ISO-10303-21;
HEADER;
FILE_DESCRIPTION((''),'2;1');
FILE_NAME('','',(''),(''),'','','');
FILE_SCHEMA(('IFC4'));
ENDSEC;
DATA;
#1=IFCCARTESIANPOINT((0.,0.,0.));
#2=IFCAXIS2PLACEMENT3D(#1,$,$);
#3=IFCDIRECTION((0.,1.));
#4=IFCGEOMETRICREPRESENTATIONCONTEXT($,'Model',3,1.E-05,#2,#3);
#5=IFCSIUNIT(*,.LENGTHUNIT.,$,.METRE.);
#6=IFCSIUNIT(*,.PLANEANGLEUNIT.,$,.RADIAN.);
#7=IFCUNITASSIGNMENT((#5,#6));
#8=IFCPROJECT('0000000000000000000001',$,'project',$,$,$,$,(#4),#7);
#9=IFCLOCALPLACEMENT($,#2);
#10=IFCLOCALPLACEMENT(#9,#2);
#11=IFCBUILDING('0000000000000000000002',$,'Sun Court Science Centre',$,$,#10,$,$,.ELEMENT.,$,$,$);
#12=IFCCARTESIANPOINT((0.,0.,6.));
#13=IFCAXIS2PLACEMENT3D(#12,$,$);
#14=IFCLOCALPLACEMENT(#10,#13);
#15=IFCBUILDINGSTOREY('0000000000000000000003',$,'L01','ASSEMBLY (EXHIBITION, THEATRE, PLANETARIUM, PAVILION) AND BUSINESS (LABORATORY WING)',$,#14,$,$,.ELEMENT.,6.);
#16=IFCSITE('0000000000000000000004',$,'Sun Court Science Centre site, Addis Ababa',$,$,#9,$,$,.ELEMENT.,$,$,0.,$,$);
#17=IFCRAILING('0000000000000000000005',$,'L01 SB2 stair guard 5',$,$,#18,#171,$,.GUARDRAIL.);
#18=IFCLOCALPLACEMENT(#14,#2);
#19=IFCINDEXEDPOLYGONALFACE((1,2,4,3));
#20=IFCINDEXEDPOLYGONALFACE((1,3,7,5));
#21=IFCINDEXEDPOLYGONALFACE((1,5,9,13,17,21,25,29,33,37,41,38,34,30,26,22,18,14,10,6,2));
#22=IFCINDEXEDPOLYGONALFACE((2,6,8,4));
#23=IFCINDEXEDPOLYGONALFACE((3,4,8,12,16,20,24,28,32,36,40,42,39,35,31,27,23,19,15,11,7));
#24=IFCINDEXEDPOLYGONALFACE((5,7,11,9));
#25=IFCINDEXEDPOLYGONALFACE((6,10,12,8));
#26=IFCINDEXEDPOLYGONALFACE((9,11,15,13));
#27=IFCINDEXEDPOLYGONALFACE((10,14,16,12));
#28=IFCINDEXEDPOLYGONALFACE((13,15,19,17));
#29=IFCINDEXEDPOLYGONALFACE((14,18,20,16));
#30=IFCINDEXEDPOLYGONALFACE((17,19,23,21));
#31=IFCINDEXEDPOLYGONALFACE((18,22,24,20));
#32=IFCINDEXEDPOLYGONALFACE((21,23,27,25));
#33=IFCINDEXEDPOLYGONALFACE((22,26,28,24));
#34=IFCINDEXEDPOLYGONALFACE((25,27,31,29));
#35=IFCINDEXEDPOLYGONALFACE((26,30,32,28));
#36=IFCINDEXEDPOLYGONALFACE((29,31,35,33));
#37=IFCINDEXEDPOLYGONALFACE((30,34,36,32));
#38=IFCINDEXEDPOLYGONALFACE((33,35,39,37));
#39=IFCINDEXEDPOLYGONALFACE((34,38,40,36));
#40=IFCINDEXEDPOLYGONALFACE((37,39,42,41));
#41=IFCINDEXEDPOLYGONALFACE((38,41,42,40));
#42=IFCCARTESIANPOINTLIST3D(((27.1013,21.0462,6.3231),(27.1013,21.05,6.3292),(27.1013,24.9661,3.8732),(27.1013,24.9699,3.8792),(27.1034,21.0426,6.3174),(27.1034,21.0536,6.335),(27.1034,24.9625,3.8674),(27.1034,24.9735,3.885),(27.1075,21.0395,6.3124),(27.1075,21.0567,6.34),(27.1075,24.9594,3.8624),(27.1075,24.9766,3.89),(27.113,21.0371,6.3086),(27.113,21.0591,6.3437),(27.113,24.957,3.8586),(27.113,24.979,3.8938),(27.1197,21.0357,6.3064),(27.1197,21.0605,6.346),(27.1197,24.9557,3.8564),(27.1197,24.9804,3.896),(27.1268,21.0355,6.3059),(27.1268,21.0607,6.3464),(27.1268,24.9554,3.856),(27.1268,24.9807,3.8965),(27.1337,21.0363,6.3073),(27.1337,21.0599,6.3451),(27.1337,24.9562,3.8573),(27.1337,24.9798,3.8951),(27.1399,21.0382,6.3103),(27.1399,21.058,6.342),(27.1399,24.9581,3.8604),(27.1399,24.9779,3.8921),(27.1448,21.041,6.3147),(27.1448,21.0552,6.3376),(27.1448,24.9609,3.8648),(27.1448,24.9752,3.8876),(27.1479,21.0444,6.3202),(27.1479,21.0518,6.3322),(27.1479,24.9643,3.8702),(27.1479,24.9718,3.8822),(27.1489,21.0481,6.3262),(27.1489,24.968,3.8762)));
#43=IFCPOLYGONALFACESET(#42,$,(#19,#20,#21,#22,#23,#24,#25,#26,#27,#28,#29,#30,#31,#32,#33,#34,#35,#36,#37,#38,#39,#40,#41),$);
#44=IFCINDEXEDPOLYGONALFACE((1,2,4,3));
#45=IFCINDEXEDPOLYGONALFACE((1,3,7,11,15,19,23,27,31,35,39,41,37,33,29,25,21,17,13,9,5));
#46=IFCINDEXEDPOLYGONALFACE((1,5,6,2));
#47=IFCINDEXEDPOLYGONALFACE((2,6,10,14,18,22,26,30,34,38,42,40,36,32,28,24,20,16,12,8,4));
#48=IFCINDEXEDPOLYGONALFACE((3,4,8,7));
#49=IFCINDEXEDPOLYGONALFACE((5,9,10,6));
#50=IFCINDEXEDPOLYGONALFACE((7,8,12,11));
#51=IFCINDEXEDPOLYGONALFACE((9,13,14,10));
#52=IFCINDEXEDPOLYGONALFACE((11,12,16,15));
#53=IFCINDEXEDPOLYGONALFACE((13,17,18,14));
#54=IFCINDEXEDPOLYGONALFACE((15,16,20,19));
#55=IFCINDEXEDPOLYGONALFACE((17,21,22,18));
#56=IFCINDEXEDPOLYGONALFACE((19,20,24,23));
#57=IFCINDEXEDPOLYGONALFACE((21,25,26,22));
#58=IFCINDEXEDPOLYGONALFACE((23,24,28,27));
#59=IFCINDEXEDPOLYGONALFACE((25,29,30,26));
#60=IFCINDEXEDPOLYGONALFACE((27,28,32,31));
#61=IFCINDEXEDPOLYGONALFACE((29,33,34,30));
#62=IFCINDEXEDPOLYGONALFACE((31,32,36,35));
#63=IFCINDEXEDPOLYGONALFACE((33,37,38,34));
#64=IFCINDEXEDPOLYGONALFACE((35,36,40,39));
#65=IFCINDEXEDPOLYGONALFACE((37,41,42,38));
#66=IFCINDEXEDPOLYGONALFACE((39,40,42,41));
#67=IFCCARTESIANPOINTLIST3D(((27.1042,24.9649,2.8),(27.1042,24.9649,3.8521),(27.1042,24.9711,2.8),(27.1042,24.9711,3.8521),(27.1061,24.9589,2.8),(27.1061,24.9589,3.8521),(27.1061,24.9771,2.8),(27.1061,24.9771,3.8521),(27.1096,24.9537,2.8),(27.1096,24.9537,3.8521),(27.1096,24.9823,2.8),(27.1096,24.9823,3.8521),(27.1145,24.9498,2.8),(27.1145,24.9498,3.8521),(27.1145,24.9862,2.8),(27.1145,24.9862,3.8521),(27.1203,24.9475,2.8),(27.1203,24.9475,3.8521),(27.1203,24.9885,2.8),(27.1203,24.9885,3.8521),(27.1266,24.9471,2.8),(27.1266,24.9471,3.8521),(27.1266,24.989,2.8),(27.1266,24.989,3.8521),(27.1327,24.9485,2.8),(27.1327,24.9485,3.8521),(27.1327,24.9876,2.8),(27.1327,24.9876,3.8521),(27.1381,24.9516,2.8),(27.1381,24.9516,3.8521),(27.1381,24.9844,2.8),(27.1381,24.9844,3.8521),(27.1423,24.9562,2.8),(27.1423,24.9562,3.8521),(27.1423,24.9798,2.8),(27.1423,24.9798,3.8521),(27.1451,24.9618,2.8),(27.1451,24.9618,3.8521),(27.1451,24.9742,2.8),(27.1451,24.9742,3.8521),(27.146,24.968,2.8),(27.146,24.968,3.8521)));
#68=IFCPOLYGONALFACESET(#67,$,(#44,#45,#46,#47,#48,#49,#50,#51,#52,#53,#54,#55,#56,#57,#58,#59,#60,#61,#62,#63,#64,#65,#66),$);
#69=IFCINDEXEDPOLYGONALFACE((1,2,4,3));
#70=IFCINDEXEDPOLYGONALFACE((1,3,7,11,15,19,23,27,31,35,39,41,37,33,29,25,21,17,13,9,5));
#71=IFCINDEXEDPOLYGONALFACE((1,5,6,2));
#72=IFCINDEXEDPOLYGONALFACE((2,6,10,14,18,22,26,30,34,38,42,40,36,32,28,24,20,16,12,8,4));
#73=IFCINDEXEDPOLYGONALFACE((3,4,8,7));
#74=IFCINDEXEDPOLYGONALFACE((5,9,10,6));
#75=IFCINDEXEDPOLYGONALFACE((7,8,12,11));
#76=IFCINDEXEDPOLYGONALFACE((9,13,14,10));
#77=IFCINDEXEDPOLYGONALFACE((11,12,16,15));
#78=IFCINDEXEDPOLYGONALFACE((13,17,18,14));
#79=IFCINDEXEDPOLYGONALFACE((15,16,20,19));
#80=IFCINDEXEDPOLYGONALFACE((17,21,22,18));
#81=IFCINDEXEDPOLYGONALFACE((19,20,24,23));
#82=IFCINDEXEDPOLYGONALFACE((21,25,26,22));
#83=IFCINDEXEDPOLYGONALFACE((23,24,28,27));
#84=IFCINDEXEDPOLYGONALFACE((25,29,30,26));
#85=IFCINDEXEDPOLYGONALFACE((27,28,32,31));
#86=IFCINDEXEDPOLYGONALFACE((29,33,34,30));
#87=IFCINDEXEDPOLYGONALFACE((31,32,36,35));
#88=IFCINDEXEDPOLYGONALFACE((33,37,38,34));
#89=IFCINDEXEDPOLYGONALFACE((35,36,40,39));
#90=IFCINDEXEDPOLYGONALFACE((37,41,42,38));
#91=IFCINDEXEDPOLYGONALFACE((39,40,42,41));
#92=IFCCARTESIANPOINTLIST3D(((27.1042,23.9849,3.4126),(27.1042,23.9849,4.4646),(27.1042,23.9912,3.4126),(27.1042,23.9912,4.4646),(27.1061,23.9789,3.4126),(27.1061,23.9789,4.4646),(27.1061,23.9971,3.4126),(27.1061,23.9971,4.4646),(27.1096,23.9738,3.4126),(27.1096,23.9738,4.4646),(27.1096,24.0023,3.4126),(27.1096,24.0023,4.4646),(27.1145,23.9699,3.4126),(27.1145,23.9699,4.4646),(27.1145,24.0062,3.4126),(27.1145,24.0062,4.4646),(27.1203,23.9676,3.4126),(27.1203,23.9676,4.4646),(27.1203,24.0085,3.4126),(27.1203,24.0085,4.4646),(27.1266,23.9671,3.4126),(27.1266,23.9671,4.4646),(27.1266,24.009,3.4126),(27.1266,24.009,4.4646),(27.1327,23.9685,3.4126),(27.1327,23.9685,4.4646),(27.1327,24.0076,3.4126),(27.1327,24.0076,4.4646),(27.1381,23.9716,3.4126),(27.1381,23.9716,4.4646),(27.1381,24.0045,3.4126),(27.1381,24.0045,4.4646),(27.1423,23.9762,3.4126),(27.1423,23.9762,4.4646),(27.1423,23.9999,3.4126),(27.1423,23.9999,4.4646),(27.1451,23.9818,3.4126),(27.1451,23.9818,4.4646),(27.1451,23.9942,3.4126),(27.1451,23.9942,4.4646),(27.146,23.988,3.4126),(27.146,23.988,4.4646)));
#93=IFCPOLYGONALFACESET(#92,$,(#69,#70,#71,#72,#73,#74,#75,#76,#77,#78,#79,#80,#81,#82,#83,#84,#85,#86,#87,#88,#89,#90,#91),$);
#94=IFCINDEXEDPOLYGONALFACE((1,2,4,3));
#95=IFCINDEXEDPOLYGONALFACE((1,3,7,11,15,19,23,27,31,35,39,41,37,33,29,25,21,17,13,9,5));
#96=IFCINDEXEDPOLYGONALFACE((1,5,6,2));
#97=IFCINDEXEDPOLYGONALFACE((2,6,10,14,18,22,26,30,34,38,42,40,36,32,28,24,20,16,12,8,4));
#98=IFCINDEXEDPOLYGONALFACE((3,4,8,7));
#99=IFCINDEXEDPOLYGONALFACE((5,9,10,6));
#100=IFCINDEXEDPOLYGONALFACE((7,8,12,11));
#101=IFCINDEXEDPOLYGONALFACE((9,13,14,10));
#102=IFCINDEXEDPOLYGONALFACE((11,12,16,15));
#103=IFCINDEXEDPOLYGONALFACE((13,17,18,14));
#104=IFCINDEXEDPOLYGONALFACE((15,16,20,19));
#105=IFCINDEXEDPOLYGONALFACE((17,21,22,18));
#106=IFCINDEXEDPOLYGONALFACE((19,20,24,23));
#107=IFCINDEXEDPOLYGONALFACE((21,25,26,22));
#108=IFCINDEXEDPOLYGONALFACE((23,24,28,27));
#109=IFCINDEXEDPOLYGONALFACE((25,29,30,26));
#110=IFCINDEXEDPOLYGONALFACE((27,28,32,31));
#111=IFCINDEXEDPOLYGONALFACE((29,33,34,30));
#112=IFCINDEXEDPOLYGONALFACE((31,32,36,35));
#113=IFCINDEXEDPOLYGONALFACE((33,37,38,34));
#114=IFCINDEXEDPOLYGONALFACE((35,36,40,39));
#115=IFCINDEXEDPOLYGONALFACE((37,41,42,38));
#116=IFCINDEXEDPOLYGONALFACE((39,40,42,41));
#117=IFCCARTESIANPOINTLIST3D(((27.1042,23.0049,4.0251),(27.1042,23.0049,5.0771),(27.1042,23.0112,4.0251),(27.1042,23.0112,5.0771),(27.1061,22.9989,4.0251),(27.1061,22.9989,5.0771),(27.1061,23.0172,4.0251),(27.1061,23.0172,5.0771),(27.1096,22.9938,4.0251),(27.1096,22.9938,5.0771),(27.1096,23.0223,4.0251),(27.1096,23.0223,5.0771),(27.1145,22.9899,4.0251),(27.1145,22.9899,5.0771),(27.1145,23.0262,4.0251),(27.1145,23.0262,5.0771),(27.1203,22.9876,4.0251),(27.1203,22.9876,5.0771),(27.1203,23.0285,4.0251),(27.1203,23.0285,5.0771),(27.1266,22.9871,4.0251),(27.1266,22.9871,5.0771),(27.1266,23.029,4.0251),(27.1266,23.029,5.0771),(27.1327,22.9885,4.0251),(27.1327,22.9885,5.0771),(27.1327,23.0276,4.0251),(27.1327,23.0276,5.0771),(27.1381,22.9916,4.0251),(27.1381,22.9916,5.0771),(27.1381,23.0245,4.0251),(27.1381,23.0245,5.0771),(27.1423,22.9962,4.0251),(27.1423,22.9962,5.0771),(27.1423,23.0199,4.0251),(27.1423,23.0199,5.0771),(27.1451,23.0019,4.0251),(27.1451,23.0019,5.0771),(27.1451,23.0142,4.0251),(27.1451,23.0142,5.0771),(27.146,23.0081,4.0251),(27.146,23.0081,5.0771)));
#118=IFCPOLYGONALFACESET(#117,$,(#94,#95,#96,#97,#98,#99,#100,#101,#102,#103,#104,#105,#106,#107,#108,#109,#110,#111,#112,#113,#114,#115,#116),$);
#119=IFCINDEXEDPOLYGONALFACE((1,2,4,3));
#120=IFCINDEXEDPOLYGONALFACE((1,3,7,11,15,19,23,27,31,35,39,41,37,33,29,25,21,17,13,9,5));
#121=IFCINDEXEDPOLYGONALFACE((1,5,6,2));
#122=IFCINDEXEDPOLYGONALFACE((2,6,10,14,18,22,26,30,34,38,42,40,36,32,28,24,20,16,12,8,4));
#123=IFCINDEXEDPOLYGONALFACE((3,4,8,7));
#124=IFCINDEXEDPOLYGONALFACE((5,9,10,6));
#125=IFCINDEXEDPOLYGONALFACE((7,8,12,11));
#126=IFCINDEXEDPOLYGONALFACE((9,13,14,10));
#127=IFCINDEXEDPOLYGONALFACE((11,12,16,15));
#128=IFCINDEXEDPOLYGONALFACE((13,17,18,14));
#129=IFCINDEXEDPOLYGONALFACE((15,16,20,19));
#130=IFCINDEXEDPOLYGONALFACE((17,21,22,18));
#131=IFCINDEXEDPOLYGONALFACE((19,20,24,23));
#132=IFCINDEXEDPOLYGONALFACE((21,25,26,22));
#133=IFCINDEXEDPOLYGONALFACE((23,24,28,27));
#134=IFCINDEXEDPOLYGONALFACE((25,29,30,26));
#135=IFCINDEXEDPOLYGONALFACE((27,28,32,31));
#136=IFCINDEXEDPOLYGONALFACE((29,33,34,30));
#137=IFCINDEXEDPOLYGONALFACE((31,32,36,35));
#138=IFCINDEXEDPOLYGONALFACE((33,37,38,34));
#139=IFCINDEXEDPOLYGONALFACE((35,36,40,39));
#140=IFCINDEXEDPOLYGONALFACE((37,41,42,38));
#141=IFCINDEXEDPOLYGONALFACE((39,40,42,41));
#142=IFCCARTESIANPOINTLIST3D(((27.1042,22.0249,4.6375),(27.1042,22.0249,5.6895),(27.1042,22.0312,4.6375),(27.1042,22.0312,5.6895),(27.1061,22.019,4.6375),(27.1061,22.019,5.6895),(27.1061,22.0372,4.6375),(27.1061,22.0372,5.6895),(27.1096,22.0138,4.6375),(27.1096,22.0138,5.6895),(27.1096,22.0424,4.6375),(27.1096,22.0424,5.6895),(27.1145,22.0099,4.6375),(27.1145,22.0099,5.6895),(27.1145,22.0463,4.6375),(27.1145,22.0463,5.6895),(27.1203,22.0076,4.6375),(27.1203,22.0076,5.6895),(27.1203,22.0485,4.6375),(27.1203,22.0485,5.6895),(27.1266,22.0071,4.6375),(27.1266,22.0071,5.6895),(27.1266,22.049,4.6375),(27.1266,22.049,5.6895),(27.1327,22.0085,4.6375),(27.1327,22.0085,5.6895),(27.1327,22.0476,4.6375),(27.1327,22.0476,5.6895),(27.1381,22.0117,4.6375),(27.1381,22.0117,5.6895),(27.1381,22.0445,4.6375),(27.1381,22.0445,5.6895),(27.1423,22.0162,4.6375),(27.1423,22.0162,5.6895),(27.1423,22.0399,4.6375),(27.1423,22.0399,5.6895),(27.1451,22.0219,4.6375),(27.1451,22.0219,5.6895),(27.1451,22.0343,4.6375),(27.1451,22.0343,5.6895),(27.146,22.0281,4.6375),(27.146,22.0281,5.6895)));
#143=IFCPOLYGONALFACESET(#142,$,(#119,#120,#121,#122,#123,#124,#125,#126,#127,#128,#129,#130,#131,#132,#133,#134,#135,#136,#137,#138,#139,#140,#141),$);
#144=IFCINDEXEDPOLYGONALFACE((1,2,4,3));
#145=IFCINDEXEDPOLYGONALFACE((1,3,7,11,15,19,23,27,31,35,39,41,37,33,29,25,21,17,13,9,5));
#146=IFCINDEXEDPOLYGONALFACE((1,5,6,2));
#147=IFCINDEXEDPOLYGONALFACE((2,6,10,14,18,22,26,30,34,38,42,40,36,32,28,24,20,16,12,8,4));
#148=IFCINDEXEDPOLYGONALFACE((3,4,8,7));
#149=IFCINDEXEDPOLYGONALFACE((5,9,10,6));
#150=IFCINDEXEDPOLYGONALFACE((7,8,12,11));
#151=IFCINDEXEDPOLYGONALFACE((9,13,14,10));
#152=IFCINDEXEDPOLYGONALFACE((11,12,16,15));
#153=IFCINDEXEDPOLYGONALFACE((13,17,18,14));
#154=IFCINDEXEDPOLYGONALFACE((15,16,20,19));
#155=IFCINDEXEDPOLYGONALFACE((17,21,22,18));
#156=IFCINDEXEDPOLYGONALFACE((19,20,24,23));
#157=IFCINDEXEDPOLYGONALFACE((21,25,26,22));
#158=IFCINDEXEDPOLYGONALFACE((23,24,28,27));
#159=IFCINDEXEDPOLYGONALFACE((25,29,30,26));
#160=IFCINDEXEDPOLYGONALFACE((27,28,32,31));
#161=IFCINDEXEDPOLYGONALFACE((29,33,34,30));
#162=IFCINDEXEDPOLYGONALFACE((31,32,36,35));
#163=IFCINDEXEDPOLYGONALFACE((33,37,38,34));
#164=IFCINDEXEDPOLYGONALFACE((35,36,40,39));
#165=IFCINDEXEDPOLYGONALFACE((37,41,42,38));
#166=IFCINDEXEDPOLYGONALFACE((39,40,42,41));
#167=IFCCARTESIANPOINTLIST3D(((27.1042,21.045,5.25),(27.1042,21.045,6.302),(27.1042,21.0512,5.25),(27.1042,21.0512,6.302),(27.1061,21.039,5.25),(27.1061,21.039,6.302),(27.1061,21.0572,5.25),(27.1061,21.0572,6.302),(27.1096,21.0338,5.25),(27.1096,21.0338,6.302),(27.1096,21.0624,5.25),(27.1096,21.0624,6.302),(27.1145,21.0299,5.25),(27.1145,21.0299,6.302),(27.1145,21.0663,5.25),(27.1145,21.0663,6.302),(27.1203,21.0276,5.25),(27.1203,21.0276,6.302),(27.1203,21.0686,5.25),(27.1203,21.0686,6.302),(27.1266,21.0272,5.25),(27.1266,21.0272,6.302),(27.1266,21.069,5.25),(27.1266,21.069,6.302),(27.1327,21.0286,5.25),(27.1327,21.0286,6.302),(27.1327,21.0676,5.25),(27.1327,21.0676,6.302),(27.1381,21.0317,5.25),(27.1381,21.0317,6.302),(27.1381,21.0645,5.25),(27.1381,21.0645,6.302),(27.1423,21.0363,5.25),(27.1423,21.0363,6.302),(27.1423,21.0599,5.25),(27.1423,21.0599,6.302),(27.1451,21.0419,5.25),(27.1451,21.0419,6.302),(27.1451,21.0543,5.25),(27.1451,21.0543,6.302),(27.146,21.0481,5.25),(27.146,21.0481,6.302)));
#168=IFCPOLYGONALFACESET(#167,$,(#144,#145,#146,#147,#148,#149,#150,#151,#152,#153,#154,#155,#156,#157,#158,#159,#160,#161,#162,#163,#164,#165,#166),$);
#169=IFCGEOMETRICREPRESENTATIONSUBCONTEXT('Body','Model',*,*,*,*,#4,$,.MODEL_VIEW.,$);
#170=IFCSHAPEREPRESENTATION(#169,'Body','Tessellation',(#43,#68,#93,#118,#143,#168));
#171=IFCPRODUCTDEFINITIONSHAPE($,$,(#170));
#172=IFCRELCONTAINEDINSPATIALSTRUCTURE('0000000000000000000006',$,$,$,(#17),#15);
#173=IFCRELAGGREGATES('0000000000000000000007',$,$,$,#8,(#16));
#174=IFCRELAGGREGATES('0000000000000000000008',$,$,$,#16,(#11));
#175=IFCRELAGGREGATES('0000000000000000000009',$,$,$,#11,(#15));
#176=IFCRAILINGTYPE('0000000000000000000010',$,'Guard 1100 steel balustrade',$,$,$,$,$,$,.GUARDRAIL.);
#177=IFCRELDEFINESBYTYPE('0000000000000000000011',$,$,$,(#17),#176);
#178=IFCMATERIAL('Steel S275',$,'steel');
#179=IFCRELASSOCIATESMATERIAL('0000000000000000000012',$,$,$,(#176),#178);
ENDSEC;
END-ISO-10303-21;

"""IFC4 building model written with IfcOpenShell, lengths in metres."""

from ifc_helpers import new_model, si_unit, direction, frame, origin, origin_2d, place, context, subcontext, project, spatial, circle, extrude, material, type_object, element, save


model = new_model("IFC4")

# Units and contexts
model_context = context("Model", 3, precision=1e-05, world=origin(), true_north=direction((0.0, 1.0)))
body_context = subcontext(model_context, "Body", "Model", "MODEL_VIEW")
ifc_project = project(units=[si_unit("LENGTHUNIT", "METRE"), si_unit("PLANEANGLEUNIT", "RADIAN")], contexts=[model_context])

# Site, building, storey
site_placement = place(None, origin())
site = spatial("IfcSite", under=ifc_project, at=site_placement, Name="Sun Court Science Centre site, Addis Ababa", CompositionType="ELEMENT", RefElevation=0.0)
building_placement = place(site_placement, origin())
building = spatial("IfcBuilding", under=site, at=building_placement, Name="Sun Court Science Centre", CompositionType="ELEMENT")
storey_placement = place(building_placement, frame((0.0, 0.0, 6.0)))
storey = spatial("IfcBuildingStorey", under=building, at=storey_placement, Name="L01", Description="ASSEMBLY (EXHIBITION, THEATRE, PLANETARIUM, PAVILION) AND BUSINESS (LABORATORY WING)", CompositionType="ELEMENT", Elevation=6.0)

# Railing
ifc_material_1 = material(Name="Steel S275", Category="steel")
railing_type_1 = type_object("IfcRailingType", Name="Guard 1100 steel balustrade", PredefinedType="GUARDRAIL", material=ifc_material_1)
railing_1_placement = place(storey_placement, frame((27.125, 24.968, 2.8)))
element("IfcRailing", 1, at=railing_1_placement, inside=storey, type_object=railing_type_1, Name="L01 SB2 stair guard 5", PredefinedType="GUARDRAIL", context=body_context, shape_type="SweptSolid", body=[
    extrude(circle(Radius=0.0239, at=origin_2d()), frame((0.0, 0.0, 1.0762), z_axis=(0.0, -0.847998, 0.529999), x_axis=(1.0, 0.0, 0.0)), (0.0, 0.0, 1.0), 4.6226),
    extrude(circle(Radius=0.021, at=origin_2d()), origin(), (0.0, 0.0, 1.0), 1.052),
    extrude(circle(Radius=0.021, at=origin_2d()), frame((0.0, -0.98, 0.6125)), (0.0, 0.0, 1.0), 1.052),
    extrude(circle(Radius=0.021, at=origin_2d()), frame((0.0, -1.96, 1.2251)), (0.0, 0.0, 1.0), 1.052),
    extrude(circle(Radius=0.021, at=origin_2d()), frame((0.0, -2.9399, 1.8374)), (0.0, 0.0, 1.0), 1.052),
    extrude(circle(Radius=0.021, at=origin_2d()), frame((0.0, -3.9199, 2.45)), (0.0, 0.0, 1.0), 1.052),
])

save(model, "model.ifc")
